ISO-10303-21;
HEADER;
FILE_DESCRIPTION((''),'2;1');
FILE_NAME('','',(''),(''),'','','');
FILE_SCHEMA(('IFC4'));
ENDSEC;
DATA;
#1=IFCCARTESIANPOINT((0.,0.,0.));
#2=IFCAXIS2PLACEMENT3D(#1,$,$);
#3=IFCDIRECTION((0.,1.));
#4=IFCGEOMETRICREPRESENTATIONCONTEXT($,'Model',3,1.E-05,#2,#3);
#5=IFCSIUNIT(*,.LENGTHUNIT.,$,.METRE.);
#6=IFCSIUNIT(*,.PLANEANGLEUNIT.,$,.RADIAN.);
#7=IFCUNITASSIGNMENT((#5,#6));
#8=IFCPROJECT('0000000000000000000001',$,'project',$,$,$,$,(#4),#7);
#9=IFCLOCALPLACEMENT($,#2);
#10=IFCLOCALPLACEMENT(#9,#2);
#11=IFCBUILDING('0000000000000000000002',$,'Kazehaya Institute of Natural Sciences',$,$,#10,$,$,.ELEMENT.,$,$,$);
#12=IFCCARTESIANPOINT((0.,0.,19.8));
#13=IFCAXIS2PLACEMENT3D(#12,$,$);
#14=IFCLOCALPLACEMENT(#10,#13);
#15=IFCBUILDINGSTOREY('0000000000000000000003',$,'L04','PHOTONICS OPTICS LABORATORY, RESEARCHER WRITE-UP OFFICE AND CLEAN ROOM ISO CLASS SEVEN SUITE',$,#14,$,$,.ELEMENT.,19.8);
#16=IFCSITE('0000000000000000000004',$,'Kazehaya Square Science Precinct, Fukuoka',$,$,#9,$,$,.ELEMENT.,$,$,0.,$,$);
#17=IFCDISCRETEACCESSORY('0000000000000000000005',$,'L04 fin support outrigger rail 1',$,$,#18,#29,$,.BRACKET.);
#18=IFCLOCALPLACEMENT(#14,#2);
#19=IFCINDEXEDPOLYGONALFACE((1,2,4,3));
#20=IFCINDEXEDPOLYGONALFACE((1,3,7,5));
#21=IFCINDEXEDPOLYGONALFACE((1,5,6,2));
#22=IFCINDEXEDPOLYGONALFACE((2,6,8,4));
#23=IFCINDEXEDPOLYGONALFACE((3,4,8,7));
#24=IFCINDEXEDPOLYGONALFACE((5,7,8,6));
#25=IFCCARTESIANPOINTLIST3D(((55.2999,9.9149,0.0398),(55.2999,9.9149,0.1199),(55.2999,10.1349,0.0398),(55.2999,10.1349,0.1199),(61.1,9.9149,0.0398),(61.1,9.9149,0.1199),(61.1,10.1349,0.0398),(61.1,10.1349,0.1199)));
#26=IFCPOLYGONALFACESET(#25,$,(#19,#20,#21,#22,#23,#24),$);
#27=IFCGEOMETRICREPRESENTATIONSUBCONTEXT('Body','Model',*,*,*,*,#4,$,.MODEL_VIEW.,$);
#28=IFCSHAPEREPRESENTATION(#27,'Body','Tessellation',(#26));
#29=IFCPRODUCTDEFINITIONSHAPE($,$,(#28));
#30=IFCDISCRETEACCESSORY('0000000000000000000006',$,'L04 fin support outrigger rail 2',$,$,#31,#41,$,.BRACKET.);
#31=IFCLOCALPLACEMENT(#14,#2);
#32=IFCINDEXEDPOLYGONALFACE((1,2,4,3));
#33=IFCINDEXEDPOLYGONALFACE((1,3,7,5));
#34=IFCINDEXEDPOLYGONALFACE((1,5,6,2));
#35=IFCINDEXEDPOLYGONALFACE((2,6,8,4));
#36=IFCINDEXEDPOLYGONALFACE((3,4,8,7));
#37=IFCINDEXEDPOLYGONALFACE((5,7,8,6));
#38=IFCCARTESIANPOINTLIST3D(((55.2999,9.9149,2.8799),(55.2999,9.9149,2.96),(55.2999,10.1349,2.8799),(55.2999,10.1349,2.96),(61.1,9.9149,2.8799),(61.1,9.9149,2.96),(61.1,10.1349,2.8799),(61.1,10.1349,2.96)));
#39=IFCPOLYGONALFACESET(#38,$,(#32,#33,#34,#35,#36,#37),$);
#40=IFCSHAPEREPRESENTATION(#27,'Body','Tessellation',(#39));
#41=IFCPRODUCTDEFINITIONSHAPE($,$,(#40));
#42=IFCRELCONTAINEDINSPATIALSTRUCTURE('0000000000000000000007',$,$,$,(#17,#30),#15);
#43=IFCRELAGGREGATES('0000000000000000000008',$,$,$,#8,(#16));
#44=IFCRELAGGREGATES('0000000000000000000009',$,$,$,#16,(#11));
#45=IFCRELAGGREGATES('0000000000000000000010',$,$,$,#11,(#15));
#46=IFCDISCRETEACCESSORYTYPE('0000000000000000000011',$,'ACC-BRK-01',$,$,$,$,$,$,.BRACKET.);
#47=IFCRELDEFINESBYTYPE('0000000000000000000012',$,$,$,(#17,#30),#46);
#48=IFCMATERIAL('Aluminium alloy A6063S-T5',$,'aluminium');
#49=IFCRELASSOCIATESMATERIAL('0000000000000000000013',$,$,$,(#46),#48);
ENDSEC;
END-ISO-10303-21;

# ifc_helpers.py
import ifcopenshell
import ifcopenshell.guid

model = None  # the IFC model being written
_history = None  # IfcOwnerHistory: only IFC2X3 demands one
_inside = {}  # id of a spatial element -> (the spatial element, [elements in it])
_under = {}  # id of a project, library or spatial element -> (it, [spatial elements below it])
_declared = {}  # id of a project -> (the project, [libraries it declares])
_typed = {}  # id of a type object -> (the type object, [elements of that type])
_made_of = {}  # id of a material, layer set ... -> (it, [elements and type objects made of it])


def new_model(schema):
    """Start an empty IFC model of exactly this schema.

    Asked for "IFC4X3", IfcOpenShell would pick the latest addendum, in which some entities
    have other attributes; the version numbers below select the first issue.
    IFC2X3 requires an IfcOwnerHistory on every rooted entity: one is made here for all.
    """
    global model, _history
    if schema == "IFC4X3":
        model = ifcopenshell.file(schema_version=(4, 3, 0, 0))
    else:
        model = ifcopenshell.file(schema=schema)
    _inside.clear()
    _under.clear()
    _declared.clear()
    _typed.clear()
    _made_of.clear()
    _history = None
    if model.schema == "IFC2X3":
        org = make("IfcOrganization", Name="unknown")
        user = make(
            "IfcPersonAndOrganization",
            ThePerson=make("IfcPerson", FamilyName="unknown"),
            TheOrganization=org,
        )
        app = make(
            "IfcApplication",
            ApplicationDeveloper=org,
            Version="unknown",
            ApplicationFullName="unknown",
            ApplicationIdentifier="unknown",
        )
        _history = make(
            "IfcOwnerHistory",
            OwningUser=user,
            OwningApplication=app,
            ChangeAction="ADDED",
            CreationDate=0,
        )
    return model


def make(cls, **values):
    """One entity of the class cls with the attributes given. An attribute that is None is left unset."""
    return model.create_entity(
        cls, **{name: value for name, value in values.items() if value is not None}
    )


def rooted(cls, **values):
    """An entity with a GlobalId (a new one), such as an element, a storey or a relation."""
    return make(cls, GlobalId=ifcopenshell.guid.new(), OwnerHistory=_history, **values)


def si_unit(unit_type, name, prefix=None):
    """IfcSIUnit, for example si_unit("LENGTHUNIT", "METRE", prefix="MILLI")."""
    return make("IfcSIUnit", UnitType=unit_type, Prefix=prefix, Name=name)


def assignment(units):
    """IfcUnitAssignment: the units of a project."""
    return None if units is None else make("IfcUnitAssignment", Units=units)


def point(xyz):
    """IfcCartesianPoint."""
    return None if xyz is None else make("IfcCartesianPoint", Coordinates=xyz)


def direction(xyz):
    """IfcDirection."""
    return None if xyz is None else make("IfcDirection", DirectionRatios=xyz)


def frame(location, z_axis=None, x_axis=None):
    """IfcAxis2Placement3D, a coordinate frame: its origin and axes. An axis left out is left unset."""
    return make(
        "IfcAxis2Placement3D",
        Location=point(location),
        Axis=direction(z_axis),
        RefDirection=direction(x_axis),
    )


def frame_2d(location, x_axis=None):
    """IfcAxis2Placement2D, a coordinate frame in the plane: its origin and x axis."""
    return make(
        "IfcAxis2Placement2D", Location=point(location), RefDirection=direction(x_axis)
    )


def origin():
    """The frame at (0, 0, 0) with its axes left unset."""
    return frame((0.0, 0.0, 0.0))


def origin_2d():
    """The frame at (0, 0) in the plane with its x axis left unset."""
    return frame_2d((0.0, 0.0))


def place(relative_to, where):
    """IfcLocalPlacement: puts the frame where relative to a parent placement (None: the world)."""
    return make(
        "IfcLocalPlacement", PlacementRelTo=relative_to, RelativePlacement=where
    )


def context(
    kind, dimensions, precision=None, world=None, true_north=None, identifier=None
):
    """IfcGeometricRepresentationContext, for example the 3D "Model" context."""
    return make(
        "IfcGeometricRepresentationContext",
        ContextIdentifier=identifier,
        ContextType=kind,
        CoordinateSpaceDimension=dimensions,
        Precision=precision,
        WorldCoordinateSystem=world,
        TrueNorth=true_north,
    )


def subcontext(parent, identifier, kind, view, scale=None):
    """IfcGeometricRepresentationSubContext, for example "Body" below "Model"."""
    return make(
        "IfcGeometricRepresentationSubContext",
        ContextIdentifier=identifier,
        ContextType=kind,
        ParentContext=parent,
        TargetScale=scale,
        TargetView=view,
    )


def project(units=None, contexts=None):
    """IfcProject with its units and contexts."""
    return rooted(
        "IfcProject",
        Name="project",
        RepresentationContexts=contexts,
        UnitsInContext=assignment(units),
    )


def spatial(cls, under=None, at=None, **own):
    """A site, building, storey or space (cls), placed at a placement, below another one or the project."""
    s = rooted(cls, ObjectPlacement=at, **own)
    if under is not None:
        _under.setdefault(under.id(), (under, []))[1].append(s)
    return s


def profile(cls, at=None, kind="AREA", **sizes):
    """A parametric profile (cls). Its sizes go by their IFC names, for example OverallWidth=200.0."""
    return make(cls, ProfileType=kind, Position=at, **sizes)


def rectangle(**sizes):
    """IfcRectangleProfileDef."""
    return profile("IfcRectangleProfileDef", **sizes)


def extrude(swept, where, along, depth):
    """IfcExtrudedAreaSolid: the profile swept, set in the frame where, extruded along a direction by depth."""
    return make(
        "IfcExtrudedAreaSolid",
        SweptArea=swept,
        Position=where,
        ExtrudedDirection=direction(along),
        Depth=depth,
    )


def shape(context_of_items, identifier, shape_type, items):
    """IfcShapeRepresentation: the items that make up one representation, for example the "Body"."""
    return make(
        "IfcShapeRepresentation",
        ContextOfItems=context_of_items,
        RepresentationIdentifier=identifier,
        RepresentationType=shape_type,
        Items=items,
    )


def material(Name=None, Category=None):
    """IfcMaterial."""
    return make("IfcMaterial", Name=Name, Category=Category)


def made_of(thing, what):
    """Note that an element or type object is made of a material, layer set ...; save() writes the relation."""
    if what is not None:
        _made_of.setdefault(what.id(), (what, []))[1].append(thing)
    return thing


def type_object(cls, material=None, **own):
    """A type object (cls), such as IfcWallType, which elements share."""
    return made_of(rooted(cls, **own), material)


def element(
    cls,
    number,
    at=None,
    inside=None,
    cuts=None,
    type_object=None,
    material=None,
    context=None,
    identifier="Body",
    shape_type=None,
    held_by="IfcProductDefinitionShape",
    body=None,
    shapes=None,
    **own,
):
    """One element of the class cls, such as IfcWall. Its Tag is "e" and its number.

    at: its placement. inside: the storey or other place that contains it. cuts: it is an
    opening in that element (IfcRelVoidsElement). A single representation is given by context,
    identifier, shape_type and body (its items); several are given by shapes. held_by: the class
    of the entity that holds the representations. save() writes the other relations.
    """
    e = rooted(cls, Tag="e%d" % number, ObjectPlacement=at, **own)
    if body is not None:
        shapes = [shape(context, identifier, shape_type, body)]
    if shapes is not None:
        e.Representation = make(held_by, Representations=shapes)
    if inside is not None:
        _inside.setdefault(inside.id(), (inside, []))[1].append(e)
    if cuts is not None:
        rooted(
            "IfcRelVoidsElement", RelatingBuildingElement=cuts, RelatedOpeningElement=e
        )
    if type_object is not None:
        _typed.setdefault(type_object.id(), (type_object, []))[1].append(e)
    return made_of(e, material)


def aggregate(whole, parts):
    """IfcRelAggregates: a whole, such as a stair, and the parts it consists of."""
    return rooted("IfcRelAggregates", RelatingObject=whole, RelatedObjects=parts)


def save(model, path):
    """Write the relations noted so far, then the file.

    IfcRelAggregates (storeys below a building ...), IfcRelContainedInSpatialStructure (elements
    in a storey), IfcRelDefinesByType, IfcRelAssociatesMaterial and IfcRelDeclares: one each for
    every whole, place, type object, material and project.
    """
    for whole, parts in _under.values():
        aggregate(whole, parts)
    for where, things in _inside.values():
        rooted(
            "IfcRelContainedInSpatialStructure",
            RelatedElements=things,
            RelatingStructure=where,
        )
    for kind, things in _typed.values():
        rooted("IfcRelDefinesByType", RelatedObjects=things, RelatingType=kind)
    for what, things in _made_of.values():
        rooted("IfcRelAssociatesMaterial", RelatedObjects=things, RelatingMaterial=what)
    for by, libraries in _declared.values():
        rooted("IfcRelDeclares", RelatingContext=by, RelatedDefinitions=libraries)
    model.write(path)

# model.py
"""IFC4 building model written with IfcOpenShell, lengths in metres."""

from ifc_helpers import new_model, si_unit, direction, frame, origin, origin_2d, place, context, subcontext, project, spatial, rectangle, extrude, material, type_object, element, save


model = new_model("IFC4")

# Units and contexts
model_context = context("Model", 3, precision=1e-05, world=origin(), true_north=direction((0.0, 1.0)))
body_context = subcontext(model_context, "Body", "Model", "MODEL_VIEW")
ifc_project = project(units=[si_unit("LENGTHUNIT", "METRE"), si_unit("PLANEANGLEUNIT", "RADIAN")], contexts=[model_context])

# Site, building, storey
site_placement = place(None, origin())
site = spatial("IfcSite", under=ifc_project, at=site_placement, Name="Kazehaya Square Science Precinct, Fukuoka", CompositionType="ELEMENT", RefElevation=0.0)
building_placement = place(site_placement, origin())
building = spatial("IfcBuilding", under=site, at=building_placement, Name="Kazehaya Institute of Natural Sciences", CompositionType="ELEMENT")
storey_placement = place(building_placement, frame((0.0, 0.0, 19.8)))
storey = spatial("IfcBuildingStorey", under=building, at=storey_placement, Name="L04", Description="PHOTONICS OPTICS LABORATORY, RESEARCHER WRITE-UP OFFICE AND CLEAN ROOM ISO CLASS SEVEN SUITE", CompositionType="ELEMENT", Elevation=19.8)

# Shared definitions
ifc_material_1 = material(Name="Aluminium alloy A6063S-T5", Category="aluminium")

# Discrete accessories
discrete_accessory_type = type_object("IfcDiscreteAccessoryType", Name="ACC-BRK-01", PredefinedType="BRACKET", material=ifc_material_1)
for number, where, z_axis, x_axis, name in (
    (1, (58.2, 10.0249, 0.0398), (0.0, 0.0, 1.0), (-1.0, 0.0, 0.0), "L04 fin support outrigger rail 1"),
    (2, (58.2, 10.0249, 2.8799), (0.0, 0.0, 1.0), (-1.0, 0.0, 0.0), "L04 fin support outrigger rail 2"),
):
    element("IfcDiscreteAccessory", number, at=place(storey_placement, frame(where, z_axis=z_axis, x_axis=x_axis)), inside=storey, type_object=discrete_accessory_type, Name=name, PredefinedType="BRACKET", context=body_context, shape_type="SweptSolid", body=[
        extrude(rectangle(XDim=5.8, YDim=0.22, at=origin_2d()), origin(), (0.0, 0.0, 1.0), 0.0801),
    ])

save(model, "model.ifc")
